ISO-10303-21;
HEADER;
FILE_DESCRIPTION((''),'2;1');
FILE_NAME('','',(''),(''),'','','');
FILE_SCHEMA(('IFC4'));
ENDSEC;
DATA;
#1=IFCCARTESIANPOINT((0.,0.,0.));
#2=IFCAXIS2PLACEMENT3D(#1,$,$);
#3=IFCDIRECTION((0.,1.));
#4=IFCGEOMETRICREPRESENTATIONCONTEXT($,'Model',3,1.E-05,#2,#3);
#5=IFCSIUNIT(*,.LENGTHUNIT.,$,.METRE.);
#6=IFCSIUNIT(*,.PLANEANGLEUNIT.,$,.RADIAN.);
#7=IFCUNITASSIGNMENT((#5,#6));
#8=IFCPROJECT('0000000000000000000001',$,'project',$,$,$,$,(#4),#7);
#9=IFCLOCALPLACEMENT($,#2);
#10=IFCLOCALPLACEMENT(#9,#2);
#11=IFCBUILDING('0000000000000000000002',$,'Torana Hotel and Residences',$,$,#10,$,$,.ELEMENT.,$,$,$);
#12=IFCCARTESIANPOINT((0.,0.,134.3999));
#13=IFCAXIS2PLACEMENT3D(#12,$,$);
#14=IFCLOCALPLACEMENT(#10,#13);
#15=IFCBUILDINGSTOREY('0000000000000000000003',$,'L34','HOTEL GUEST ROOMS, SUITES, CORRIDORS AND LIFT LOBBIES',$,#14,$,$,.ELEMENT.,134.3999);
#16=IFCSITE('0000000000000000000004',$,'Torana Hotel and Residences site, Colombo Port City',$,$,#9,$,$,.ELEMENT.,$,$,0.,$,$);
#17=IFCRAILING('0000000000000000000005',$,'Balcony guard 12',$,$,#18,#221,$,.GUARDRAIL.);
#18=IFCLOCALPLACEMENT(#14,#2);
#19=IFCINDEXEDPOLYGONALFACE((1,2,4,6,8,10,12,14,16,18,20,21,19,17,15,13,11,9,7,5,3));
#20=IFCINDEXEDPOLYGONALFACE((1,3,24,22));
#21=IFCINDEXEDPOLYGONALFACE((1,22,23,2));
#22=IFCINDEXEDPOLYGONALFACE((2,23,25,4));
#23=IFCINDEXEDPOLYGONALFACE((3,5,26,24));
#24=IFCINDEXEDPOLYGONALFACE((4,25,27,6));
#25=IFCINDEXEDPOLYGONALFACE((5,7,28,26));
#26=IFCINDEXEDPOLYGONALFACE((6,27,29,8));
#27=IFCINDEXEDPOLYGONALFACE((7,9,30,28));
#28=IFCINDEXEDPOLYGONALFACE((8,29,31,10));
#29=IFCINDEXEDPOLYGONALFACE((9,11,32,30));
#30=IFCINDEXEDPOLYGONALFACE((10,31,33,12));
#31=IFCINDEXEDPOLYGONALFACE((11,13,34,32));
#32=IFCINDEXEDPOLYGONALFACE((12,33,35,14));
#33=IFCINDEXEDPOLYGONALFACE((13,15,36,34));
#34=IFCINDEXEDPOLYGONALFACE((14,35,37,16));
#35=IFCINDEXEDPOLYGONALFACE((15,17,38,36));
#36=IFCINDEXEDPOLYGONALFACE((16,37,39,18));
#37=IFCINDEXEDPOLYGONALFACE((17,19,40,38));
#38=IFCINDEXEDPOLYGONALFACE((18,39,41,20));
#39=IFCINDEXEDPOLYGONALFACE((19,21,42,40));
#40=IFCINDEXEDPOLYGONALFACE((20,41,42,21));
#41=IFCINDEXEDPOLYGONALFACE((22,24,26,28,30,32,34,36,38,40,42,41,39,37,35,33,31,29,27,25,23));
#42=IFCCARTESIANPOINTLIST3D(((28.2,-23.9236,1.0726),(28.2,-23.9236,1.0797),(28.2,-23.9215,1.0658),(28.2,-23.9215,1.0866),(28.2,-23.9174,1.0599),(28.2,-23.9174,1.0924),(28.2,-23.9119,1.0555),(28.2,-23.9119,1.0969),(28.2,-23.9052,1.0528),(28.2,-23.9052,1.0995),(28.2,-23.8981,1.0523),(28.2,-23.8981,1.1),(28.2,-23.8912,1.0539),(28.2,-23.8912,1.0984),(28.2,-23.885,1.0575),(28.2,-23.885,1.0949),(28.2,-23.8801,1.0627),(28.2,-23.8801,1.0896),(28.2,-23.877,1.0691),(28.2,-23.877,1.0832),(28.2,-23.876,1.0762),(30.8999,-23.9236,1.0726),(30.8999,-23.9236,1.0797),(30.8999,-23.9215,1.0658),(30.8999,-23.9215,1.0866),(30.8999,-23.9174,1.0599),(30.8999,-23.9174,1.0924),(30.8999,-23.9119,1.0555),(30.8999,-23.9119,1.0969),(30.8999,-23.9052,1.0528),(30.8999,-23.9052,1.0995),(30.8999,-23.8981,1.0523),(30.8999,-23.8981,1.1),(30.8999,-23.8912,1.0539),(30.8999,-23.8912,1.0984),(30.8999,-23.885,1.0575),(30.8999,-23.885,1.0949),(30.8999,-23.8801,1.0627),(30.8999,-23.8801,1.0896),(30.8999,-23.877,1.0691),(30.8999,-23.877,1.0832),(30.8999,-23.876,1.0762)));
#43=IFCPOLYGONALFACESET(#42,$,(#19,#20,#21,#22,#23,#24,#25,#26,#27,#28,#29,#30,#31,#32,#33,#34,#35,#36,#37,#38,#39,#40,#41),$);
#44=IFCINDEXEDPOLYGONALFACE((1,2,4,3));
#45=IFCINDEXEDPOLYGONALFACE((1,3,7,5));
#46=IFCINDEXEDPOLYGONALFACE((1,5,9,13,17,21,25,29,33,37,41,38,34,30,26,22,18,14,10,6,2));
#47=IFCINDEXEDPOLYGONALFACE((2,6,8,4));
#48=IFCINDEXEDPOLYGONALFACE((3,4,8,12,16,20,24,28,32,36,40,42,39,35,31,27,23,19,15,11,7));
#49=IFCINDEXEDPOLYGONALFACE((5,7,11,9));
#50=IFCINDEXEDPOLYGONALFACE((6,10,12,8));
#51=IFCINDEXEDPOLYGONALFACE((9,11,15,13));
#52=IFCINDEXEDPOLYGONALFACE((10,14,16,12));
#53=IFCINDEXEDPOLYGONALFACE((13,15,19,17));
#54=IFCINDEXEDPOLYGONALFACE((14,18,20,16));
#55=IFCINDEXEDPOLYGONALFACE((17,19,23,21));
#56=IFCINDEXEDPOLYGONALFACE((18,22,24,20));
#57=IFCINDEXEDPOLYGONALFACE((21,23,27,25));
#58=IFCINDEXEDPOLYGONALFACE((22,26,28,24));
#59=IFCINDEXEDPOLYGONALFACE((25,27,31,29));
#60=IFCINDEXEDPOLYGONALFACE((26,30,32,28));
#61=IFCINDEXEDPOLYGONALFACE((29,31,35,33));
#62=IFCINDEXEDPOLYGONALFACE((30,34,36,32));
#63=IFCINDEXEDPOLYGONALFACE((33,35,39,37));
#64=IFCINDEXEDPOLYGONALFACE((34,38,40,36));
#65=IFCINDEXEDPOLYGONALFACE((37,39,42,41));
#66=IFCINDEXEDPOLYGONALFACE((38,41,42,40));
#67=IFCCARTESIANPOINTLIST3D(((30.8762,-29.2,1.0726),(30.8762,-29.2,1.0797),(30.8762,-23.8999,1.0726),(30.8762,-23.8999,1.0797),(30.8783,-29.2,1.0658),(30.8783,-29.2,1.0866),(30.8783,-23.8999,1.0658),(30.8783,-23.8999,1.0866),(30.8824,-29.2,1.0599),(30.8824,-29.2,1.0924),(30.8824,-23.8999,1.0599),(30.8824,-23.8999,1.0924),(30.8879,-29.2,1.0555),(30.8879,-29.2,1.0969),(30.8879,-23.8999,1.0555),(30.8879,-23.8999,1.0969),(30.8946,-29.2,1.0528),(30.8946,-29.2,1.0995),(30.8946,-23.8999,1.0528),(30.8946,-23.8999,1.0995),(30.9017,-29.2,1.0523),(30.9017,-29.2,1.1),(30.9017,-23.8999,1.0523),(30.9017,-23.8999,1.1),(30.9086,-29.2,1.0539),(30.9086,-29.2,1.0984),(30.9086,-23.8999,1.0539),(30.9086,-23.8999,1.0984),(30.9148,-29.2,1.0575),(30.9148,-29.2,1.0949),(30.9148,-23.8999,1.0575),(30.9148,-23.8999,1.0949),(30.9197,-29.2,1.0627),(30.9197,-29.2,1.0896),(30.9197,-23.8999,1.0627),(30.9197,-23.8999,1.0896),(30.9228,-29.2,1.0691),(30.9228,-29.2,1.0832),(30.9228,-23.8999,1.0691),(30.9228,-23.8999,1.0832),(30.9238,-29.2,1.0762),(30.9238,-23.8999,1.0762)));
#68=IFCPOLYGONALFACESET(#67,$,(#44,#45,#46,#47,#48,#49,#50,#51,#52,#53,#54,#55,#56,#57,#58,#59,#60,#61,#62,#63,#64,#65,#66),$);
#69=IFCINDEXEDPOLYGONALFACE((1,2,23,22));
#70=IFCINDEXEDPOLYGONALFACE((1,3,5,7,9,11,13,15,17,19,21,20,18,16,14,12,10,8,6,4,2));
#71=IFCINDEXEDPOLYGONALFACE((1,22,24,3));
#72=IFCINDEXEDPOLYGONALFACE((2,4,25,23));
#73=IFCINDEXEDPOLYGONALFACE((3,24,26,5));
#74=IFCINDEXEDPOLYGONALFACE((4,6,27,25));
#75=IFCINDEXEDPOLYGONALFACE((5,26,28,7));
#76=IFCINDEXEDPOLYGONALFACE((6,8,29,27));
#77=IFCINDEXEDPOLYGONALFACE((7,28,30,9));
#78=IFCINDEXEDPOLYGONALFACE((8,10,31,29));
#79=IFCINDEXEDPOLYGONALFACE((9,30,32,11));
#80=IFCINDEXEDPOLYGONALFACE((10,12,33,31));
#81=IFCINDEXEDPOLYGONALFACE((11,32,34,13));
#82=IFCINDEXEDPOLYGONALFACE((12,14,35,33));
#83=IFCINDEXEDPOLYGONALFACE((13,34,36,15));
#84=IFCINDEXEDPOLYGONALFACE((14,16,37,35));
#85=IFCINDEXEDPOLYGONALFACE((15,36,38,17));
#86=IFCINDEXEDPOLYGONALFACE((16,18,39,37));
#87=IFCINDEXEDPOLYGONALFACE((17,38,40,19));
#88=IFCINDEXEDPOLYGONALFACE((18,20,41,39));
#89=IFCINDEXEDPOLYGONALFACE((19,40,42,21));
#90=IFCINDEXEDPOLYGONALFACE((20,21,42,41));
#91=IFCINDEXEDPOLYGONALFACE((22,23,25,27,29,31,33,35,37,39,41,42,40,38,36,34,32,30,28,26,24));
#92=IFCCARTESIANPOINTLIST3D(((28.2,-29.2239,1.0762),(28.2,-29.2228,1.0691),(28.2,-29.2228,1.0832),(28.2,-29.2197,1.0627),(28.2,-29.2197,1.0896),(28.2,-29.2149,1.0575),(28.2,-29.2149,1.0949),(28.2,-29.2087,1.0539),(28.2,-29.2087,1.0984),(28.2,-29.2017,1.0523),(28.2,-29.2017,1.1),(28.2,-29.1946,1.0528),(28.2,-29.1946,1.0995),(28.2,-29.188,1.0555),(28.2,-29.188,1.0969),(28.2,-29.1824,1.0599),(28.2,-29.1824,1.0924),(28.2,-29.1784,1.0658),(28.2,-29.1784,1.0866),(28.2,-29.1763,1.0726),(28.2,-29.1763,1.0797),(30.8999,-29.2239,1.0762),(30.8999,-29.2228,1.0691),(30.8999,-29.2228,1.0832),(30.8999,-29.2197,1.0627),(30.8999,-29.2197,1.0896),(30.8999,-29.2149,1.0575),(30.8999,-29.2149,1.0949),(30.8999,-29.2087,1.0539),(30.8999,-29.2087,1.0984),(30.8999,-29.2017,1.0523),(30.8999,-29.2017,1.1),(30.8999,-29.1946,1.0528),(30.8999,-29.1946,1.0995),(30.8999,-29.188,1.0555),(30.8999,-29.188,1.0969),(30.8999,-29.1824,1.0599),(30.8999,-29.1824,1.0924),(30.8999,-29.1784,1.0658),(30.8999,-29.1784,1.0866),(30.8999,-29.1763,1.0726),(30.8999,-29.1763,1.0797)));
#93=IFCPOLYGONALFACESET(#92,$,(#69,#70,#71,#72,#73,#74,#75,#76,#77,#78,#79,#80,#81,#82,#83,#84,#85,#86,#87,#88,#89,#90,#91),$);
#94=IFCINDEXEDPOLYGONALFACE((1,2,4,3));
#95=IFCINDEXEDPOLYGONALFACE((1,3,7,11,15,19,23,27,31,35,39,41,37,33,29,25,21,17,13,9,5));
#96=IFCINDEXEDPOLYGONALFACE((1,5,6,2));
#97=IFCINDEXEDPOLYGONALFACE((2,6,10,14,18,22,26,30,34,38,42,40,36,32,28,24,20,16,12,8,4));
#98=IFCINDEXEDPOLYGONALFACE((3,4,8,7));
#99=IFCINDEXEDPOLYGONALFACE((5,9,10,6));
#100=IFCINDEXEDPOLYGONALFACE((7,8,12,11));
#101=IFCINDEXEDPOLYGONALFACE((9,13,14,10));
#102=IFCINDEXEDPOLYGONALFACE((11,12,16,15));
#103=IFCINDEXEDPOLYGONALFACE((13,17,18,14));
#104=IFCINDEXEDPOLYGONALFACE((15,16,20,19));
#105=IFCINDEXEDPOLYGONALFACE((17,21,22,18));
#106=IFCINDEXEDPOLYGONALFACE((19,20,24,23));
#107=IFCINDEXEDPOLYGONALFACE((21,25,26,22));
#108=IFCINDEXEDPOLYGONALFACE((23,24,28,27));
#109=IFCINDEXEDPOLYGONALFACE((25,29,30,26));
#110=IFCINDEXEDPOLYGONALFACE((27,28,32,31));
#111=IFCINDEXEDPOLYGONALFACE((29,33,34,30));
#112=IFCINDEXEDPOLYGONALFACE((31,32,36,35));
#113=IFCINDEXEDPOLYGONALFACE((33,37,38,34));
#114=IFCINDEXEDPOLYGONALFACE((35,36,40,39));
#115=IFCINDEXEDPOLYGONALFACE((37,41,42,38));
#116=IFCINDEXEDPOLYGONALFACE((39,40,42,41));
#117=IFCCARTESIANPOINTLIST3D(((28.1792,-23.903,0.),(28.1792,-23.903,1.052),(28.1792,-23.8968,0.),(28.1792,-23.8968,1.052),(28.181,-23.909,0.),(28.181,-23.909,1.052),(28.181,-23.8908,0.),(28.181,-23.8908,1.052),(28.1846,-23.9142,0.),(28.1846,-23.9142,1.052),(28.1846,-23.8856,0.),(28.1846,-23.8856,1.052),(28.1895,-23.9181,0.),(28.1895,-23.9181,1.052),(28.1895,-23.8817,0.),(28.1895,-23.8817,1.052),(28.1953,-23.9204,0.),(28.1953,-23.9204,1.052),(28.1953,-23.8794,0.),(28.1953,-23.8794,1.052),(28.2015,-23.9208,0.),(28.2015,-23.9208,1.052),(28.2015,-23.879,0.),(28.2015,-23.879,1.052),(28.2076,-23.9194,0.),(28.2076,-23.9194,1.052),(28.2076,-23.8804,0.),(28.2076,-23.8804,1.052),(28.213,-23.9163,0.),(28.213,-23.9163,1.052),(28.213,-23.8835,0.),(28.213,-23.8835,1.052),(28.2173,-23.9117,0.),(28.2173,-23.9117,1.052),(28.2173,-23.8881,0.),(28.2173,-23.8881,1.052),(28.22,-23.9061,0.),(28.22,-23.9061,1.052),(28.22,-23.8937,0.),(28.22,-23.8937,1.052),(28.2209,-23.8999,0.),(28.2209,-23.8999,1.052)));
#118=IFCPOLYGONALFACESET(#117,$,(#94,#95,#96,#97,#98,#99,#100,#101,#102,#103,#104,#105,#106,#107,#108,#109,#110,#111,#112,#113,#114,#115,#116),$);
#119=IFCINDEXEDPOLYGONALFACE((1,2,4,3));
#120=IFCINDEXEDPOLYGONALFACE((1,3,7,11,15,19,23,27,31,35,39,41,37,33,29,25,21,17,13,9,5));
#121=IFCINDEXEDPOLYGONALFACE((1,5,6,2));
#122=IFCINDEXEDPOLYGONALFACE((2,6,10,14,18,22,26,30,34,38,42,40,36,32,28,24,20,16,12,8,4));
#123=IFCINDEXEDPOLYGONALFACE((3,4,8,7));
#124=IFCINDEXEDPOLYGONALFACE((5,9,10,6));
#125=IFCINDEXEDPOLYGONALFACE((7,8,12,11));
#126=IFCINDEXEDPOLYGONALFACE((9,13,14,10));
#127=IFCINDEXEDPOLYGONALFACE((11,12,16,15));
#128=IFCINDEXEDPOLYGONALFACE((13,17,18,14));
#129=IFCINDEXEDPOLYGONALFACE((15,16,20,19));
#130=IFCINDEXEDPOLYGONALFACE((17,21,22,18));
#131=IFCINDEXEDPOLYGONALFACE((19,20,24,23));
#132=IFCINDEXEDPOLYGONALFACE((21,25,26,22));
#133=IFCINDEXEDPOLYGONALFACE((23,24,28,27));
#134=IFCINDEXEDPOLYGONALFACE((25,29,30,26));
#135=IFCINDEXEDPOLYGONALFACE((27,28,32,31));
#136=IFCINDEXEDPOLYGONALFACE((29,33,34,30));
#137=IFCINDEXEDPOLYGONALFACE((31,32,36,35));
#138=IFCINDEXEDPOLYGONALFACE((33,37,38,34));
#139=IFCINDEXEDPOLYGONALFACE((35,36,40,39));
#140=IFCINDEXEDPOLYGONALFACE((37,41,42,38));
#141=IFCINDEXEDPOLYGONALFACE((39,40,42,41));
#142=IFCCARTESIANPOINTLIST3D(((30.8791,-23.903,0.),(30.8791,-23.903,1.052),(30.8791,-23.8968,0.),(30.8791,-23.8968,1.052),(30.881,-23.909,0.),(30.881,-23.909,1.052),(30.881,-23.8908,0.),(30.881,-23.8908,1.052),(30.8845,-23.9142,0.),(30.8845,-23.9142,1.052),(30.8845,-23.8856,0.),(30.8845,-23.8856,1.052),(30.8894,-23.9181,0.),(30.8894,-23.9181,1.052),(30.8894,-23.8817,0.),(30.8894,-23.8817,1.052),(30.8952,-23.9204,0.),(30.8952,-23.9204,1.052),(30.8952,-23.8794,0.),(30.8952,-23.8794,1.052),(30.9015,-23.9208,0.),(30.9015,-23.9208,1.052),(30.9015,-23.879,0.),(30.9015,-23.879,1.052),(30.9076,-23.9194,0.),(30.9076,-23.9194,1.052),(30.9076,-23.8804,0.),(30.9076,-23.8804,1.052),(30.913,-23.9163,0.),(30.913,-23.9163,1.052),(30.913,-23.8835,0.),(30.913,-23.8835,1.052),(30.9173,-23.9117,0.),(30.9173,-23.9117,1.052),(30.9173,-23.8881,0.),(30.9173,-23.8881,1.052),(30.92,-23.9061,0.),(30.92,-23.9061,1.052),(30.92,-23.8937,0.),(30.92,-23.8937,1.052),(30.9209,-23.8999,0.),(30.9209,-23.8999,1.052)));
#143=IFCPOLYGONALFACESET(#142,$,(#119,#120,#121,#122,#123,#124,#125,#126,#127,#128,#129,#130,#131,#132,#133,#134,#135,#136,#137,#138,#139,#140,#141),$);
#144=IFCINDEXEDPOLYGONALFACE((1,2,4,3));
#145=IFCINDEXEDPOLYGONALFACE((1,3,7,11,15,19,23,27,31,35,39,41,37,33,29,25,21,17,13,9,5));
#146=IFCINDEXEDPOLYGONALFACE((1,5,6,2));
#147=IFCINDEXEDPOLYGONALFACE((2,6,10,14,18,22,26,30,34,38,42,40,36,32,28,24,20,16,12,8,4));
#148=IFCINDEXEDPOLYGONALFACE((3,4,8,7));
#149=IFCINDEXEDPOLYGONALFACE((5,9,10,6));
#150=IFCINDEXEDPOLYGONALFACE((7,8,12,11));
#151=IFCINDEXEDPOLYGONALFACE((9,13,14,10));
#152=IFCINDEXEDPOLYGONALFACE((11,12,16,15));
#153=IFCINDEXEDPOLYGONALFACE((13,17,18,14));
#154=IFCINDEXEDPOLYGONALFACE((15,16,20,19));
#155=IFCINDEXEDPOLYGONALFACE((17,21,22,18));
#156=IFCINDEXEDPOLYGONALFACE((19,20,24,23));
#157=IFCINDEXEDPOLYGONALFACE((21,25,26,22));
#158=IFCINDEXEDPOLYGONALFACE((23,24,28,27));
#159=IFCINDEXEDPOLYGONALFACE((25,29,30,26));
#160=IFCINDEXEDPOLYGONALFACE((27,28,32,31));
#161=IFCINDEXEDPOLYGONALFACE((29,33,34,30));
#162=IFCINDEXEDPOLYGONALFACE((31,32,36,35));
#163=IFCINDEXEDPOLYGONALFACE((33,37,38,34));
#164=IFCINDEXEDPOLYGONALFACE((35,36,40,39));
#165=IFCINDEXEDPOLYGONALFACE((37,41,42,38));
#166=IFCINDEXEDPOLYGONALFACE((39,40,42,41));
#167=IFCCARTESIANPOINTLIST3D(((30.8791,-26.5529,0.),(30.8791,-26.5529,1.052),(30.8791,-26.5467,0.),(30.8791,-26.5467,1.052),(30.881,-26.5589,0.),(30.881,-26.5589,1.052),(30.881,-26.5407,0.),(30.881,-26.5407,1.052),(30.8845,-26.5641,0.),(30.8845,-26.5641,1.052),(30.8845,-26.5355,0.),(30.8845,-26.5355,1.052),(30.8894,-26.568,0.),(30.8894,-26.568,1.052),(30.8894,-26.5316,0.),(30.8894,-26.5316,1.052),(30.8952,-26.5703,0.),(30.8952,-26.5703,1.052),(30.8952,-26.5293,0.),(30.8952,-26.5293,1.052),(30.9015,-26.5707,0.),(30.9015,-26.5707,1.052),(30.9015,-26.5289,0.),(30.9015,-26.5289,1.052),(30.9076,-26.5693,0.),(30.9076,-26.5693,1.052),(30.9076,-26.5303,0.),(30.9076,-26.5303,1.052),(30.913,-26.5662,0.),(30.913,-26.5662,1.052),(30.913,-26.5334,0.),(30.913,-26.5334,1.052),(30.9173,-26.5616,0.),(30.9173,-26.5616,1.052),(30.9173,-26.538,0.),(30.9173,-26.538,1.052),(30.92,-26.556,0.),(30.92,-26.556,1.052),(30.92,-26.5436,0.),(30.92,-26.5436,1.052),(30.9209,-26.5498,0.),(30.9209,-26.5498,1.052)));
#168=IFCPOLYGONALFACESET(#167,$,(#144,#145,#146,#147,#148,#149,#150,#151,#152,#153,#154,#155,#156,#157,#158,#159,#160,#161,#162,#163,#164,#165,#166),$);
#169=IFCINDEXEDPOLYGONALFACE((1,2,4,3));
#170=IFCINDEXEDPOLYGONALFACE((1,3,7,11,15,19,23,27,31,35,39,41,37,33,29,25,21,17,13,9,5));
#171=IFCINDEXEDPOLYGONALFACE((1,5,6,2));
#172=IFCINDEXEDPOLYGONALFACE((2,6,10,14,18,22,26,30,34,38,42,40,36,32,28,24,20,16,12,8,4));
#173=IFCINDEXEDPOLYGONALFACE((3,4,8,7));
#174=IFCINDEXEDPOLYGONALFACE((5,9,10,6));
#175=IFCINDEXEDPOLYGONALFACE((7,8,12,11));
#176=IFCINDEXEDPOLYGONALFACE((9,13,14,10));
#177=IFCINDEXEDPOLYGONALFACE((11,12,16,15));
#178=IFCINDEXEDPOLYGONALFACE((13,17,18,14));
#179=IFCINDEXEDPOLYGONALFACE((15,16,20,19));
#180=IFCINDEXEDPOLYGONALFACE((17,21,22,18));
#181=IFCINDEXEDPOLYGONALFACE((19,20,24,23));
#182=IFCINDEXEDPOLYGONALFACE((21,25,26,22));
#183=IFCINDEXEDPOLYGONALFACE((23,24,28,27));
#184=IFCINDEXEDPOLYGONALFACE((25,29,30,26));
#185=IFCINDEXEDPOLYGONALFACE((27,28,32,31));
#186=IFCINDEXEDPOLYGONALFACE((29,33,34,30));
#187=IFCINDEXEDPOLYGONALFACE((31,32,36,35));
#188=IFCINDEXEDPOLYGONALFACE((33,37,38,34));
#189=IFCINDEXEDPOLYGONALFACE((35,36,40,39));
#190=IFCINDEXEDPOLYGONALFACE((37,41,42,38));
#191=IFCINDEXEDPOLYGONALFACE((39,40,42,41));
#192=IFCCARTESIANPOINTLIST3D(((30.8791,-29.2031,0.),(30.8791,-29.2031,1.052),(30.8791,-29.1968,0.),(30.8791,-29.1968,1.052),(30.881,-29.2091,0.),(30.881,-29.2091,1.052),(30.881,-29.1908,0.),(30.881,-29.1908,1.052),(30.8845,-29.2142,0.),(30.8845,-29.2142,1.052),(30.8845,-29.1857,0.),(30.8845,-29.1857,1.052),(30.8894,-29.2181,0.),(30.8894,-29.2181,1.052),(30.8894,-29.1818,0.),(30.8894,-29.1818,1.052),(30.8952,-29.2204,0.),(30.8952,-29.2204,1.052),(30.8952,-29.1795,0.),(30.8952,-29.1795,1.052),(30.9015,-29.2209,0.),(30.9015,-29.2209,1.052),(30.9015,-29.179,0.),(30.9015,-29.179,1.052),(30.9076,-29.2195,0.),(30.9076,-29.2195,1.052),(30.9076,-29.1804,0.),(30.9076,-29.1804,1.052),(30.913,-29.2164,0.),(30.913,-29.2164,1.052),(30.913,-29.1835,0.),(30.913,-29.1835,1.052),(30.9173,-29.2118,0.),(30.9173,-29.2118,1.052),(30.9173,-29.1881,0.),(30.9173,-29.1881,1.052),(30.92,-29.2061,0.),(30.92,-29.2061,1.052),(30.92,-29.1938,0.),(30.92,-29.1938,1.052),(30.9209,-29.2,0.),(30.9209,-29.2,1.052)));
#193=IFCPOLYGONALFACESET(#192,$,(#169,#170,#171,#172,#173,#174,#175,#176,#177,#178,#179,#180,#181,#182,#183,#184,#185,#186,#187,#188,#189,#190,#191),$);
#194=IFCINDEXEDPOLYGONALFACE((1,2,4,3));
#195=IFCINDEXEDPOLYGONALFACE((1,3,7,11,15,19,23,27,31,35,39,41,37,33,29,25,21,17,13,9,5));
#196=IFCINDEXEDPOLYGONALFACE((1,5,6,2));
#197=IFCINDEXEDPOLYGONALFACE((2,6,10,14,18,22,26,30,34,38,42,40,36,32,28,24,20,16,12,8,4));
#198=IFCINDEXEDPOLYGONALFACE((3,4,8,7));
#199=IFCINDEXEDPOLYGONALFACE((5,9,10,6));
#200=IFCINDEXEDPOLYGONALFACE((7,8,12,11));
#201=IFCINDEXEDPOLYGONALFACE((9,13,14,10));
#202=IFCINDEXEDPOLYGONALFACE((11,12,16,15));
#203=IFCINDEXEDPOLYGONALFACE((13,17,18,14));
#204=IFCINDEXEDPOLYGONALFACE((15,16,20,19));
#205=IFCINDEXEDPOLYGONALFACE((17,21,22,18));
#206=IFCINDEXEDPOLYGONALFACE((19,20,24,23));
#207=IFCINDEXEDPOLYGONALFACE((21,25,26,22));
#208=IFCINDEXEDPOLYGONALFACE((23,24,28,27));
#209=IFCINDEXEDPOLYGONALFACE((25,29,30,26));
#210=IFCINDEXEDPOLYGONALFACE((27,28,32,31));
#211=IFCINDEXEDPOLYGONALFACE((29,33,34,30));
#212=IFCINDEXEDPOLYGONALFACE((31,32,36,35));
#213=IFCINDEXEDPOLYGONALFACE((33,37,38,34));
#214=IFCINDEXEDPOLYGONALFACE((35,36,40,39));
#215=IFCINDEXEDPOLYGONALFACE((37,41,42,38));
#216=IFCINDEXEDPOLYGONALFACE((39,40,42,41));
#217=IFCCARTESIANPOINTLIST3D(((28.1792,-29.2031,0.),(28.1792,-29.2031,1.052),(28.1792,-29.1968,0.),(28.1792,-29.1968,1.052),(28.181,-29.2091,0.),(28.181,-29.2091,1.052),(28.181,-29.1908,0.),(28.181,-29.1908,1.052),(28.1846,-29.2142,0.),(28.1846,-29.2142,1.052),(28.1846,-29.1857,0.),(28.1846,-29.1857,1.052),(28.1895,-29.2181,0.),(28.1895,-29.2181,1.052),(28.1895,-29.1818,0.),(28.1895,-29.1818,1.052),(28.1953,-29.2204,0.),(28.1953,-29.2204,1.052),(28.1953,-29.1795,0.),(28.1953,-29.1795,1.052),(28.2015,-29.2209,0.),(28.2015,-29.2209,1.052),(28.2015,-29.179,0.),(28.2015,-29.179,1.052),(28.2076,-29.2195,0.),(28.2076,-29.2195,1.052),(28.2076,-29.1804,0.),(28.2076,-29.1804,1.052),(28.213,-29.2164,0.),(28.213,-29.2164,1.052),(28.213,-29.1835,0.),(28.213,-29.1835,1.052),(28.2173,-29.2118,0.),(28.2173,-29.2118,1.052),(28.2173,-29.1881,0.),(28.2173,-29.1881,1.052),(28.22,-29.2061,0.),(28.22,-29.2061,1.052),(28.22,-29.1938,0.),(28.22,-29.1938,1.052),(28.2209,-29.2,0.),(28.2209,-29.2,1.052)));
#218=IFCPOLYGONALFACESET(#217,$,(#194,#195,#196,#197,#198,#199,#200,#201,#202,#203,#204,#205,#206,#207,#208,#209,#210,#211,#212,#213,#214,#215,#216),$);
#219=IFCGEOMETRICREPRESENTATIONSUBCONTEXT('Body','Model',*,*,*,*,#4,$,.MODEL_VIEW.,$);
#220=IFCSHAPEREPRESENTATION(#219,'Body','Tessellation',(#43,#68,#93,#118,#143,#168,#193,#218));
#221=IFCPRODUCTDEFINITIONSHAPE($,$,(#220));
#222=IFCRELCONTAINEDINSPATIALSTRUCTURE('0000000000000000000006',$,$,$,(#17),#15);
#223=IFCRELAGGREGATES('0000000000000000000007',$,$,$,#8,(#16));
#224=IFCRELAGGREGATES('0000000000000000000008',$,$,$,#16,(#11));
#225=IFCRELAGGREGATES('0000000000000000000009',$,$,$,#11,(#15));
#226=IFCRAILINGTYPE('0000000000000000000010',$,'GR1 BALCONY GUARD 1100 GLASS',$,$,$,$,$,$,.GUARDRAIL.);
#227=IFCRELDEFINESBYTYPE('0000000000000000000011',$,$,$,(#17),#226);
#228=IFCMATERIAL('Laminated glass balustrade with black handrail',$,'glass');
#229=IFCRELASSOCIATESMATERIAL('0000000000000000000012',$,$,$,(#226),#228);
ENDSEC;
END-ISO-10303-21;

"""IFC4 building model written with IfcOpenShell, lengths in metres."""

from ifc_helpers import new_model, si_unit, direction, frame, origin, origin_2d, place, context, subcontext, project, spatial, circle, extrude, material, type_object, element, save


model = new_model("IFC4")

# Units and contexts
model_context = context("Model", 3, precision=1e-05, world=origin(), true_north=direction((0.0, 1.0)))
body_context = subcontext(model_context, "Body", "Model", "MODEL_VIEW")
ifc_project = project(units=[si_unit("LENGTHUNIT", "METRE"), si_unit("PLANEANGLEUNIT", "RADIAN")], contexts=[model_context])

# Site, building, storey
site_placement = place(None, origin())
site = spatial("IfcSite", under=ifc_project, at=site_placement, Name="Torana Hotel and Residences site, Colombo Port City", CompositionType="ELEMENT", RefElevation=0.0)
building_placement = place(site_placement, origin())
building = spatial("IfcBuilding", under=site, at=building_placement, Name="Torana Hotel and Residences", CompositionType="ELEMENT")
storey_placement = place(building_placement, frame((0.0, 0.0, 134.3999)))
storey = spatial("IfcBuildingStorey", under=building, at=storey_placement, Name="L34", Description="HOTEL GUEST ROOMS, SUITES, CORRIDORS AND LIFT LOBBIES", CompositionType="ELEMENT", Elevation=134.3999)

# Railing
ifc_material_1 = material(Name="Laminated glass balustrade with black handrail", Category="glass")
railing_type = type_object("IfcRailingType", Name="GR1 BALCONY GUARD 1100 GLASS", PredefinedType="GUARDRAIL", material=ifc_material_1)
railing_1_placement = place(storey_placement, frame((28.2, -23.8999, 0.0)))
element("IfcRailing", 1, at=railing_1_placement, inside=storey, type_object=railing_type, Name="Balcony guard 12", PredefinedType="GUARDRAIL", context=body_context, shape_type="SweptSolid", body=[
    extrude(circle(Radius=0.0239, at=origin_2d()), frame((0.0, 0.0, 1.0762), z_axis=(1.0, 0.0, 0.0), x_axis=(0.0, 1.0, 0.0)), (0.0, 0.0, 1.0), 2.7),
    extrude(circle(Radius=0.0239, at=origin_2d()), frame((2.7, 0.0, 1.0762), z_axis=(0.0, -1.0, 0.0), x_axis=(1.0, 0.0, 0.0)), (0.0, 0.0, 1.0), 5.3),
    extrude(circle(Radius=0.0239, at=origin_2d()), frame((2.7, -5.3, 1.0762), z_axis=(-1.0, 0.0, 0.0), x_axis=(0.0, -1.0, 0.0)), (0.0, 0.0, 1.0), 2.7),
    extrude(circle(Radius=0.021, at=origin_2d()), origin(), (0.0, 0.0, 1.0), 1.052),
    extrude(circle(Radius=0.021, at=origin_2d()), frame((2.7, 0.0, 0.0)), (0.0, 0.0, 1.0), 1.052),
    extrude(circle(Radius=0.021, at=origin_2d()), frame((2.7, -2.6499, 0.0)), (0.0, 0.0, 1.0), 1.052),
    extrude(circle(Radius=0.021, at=origin_2d()), frame((2.7, -5.3, 0.0)), (0.0, 0.0, 1.0), 1.052),
    extrude(circle(Radius=0.021, at=origin_2d()), frame((0.0, -5.3, 0.0)), (0.0, 0.0, 1.0), 1.052),
])

save(model, "model.ifc")
